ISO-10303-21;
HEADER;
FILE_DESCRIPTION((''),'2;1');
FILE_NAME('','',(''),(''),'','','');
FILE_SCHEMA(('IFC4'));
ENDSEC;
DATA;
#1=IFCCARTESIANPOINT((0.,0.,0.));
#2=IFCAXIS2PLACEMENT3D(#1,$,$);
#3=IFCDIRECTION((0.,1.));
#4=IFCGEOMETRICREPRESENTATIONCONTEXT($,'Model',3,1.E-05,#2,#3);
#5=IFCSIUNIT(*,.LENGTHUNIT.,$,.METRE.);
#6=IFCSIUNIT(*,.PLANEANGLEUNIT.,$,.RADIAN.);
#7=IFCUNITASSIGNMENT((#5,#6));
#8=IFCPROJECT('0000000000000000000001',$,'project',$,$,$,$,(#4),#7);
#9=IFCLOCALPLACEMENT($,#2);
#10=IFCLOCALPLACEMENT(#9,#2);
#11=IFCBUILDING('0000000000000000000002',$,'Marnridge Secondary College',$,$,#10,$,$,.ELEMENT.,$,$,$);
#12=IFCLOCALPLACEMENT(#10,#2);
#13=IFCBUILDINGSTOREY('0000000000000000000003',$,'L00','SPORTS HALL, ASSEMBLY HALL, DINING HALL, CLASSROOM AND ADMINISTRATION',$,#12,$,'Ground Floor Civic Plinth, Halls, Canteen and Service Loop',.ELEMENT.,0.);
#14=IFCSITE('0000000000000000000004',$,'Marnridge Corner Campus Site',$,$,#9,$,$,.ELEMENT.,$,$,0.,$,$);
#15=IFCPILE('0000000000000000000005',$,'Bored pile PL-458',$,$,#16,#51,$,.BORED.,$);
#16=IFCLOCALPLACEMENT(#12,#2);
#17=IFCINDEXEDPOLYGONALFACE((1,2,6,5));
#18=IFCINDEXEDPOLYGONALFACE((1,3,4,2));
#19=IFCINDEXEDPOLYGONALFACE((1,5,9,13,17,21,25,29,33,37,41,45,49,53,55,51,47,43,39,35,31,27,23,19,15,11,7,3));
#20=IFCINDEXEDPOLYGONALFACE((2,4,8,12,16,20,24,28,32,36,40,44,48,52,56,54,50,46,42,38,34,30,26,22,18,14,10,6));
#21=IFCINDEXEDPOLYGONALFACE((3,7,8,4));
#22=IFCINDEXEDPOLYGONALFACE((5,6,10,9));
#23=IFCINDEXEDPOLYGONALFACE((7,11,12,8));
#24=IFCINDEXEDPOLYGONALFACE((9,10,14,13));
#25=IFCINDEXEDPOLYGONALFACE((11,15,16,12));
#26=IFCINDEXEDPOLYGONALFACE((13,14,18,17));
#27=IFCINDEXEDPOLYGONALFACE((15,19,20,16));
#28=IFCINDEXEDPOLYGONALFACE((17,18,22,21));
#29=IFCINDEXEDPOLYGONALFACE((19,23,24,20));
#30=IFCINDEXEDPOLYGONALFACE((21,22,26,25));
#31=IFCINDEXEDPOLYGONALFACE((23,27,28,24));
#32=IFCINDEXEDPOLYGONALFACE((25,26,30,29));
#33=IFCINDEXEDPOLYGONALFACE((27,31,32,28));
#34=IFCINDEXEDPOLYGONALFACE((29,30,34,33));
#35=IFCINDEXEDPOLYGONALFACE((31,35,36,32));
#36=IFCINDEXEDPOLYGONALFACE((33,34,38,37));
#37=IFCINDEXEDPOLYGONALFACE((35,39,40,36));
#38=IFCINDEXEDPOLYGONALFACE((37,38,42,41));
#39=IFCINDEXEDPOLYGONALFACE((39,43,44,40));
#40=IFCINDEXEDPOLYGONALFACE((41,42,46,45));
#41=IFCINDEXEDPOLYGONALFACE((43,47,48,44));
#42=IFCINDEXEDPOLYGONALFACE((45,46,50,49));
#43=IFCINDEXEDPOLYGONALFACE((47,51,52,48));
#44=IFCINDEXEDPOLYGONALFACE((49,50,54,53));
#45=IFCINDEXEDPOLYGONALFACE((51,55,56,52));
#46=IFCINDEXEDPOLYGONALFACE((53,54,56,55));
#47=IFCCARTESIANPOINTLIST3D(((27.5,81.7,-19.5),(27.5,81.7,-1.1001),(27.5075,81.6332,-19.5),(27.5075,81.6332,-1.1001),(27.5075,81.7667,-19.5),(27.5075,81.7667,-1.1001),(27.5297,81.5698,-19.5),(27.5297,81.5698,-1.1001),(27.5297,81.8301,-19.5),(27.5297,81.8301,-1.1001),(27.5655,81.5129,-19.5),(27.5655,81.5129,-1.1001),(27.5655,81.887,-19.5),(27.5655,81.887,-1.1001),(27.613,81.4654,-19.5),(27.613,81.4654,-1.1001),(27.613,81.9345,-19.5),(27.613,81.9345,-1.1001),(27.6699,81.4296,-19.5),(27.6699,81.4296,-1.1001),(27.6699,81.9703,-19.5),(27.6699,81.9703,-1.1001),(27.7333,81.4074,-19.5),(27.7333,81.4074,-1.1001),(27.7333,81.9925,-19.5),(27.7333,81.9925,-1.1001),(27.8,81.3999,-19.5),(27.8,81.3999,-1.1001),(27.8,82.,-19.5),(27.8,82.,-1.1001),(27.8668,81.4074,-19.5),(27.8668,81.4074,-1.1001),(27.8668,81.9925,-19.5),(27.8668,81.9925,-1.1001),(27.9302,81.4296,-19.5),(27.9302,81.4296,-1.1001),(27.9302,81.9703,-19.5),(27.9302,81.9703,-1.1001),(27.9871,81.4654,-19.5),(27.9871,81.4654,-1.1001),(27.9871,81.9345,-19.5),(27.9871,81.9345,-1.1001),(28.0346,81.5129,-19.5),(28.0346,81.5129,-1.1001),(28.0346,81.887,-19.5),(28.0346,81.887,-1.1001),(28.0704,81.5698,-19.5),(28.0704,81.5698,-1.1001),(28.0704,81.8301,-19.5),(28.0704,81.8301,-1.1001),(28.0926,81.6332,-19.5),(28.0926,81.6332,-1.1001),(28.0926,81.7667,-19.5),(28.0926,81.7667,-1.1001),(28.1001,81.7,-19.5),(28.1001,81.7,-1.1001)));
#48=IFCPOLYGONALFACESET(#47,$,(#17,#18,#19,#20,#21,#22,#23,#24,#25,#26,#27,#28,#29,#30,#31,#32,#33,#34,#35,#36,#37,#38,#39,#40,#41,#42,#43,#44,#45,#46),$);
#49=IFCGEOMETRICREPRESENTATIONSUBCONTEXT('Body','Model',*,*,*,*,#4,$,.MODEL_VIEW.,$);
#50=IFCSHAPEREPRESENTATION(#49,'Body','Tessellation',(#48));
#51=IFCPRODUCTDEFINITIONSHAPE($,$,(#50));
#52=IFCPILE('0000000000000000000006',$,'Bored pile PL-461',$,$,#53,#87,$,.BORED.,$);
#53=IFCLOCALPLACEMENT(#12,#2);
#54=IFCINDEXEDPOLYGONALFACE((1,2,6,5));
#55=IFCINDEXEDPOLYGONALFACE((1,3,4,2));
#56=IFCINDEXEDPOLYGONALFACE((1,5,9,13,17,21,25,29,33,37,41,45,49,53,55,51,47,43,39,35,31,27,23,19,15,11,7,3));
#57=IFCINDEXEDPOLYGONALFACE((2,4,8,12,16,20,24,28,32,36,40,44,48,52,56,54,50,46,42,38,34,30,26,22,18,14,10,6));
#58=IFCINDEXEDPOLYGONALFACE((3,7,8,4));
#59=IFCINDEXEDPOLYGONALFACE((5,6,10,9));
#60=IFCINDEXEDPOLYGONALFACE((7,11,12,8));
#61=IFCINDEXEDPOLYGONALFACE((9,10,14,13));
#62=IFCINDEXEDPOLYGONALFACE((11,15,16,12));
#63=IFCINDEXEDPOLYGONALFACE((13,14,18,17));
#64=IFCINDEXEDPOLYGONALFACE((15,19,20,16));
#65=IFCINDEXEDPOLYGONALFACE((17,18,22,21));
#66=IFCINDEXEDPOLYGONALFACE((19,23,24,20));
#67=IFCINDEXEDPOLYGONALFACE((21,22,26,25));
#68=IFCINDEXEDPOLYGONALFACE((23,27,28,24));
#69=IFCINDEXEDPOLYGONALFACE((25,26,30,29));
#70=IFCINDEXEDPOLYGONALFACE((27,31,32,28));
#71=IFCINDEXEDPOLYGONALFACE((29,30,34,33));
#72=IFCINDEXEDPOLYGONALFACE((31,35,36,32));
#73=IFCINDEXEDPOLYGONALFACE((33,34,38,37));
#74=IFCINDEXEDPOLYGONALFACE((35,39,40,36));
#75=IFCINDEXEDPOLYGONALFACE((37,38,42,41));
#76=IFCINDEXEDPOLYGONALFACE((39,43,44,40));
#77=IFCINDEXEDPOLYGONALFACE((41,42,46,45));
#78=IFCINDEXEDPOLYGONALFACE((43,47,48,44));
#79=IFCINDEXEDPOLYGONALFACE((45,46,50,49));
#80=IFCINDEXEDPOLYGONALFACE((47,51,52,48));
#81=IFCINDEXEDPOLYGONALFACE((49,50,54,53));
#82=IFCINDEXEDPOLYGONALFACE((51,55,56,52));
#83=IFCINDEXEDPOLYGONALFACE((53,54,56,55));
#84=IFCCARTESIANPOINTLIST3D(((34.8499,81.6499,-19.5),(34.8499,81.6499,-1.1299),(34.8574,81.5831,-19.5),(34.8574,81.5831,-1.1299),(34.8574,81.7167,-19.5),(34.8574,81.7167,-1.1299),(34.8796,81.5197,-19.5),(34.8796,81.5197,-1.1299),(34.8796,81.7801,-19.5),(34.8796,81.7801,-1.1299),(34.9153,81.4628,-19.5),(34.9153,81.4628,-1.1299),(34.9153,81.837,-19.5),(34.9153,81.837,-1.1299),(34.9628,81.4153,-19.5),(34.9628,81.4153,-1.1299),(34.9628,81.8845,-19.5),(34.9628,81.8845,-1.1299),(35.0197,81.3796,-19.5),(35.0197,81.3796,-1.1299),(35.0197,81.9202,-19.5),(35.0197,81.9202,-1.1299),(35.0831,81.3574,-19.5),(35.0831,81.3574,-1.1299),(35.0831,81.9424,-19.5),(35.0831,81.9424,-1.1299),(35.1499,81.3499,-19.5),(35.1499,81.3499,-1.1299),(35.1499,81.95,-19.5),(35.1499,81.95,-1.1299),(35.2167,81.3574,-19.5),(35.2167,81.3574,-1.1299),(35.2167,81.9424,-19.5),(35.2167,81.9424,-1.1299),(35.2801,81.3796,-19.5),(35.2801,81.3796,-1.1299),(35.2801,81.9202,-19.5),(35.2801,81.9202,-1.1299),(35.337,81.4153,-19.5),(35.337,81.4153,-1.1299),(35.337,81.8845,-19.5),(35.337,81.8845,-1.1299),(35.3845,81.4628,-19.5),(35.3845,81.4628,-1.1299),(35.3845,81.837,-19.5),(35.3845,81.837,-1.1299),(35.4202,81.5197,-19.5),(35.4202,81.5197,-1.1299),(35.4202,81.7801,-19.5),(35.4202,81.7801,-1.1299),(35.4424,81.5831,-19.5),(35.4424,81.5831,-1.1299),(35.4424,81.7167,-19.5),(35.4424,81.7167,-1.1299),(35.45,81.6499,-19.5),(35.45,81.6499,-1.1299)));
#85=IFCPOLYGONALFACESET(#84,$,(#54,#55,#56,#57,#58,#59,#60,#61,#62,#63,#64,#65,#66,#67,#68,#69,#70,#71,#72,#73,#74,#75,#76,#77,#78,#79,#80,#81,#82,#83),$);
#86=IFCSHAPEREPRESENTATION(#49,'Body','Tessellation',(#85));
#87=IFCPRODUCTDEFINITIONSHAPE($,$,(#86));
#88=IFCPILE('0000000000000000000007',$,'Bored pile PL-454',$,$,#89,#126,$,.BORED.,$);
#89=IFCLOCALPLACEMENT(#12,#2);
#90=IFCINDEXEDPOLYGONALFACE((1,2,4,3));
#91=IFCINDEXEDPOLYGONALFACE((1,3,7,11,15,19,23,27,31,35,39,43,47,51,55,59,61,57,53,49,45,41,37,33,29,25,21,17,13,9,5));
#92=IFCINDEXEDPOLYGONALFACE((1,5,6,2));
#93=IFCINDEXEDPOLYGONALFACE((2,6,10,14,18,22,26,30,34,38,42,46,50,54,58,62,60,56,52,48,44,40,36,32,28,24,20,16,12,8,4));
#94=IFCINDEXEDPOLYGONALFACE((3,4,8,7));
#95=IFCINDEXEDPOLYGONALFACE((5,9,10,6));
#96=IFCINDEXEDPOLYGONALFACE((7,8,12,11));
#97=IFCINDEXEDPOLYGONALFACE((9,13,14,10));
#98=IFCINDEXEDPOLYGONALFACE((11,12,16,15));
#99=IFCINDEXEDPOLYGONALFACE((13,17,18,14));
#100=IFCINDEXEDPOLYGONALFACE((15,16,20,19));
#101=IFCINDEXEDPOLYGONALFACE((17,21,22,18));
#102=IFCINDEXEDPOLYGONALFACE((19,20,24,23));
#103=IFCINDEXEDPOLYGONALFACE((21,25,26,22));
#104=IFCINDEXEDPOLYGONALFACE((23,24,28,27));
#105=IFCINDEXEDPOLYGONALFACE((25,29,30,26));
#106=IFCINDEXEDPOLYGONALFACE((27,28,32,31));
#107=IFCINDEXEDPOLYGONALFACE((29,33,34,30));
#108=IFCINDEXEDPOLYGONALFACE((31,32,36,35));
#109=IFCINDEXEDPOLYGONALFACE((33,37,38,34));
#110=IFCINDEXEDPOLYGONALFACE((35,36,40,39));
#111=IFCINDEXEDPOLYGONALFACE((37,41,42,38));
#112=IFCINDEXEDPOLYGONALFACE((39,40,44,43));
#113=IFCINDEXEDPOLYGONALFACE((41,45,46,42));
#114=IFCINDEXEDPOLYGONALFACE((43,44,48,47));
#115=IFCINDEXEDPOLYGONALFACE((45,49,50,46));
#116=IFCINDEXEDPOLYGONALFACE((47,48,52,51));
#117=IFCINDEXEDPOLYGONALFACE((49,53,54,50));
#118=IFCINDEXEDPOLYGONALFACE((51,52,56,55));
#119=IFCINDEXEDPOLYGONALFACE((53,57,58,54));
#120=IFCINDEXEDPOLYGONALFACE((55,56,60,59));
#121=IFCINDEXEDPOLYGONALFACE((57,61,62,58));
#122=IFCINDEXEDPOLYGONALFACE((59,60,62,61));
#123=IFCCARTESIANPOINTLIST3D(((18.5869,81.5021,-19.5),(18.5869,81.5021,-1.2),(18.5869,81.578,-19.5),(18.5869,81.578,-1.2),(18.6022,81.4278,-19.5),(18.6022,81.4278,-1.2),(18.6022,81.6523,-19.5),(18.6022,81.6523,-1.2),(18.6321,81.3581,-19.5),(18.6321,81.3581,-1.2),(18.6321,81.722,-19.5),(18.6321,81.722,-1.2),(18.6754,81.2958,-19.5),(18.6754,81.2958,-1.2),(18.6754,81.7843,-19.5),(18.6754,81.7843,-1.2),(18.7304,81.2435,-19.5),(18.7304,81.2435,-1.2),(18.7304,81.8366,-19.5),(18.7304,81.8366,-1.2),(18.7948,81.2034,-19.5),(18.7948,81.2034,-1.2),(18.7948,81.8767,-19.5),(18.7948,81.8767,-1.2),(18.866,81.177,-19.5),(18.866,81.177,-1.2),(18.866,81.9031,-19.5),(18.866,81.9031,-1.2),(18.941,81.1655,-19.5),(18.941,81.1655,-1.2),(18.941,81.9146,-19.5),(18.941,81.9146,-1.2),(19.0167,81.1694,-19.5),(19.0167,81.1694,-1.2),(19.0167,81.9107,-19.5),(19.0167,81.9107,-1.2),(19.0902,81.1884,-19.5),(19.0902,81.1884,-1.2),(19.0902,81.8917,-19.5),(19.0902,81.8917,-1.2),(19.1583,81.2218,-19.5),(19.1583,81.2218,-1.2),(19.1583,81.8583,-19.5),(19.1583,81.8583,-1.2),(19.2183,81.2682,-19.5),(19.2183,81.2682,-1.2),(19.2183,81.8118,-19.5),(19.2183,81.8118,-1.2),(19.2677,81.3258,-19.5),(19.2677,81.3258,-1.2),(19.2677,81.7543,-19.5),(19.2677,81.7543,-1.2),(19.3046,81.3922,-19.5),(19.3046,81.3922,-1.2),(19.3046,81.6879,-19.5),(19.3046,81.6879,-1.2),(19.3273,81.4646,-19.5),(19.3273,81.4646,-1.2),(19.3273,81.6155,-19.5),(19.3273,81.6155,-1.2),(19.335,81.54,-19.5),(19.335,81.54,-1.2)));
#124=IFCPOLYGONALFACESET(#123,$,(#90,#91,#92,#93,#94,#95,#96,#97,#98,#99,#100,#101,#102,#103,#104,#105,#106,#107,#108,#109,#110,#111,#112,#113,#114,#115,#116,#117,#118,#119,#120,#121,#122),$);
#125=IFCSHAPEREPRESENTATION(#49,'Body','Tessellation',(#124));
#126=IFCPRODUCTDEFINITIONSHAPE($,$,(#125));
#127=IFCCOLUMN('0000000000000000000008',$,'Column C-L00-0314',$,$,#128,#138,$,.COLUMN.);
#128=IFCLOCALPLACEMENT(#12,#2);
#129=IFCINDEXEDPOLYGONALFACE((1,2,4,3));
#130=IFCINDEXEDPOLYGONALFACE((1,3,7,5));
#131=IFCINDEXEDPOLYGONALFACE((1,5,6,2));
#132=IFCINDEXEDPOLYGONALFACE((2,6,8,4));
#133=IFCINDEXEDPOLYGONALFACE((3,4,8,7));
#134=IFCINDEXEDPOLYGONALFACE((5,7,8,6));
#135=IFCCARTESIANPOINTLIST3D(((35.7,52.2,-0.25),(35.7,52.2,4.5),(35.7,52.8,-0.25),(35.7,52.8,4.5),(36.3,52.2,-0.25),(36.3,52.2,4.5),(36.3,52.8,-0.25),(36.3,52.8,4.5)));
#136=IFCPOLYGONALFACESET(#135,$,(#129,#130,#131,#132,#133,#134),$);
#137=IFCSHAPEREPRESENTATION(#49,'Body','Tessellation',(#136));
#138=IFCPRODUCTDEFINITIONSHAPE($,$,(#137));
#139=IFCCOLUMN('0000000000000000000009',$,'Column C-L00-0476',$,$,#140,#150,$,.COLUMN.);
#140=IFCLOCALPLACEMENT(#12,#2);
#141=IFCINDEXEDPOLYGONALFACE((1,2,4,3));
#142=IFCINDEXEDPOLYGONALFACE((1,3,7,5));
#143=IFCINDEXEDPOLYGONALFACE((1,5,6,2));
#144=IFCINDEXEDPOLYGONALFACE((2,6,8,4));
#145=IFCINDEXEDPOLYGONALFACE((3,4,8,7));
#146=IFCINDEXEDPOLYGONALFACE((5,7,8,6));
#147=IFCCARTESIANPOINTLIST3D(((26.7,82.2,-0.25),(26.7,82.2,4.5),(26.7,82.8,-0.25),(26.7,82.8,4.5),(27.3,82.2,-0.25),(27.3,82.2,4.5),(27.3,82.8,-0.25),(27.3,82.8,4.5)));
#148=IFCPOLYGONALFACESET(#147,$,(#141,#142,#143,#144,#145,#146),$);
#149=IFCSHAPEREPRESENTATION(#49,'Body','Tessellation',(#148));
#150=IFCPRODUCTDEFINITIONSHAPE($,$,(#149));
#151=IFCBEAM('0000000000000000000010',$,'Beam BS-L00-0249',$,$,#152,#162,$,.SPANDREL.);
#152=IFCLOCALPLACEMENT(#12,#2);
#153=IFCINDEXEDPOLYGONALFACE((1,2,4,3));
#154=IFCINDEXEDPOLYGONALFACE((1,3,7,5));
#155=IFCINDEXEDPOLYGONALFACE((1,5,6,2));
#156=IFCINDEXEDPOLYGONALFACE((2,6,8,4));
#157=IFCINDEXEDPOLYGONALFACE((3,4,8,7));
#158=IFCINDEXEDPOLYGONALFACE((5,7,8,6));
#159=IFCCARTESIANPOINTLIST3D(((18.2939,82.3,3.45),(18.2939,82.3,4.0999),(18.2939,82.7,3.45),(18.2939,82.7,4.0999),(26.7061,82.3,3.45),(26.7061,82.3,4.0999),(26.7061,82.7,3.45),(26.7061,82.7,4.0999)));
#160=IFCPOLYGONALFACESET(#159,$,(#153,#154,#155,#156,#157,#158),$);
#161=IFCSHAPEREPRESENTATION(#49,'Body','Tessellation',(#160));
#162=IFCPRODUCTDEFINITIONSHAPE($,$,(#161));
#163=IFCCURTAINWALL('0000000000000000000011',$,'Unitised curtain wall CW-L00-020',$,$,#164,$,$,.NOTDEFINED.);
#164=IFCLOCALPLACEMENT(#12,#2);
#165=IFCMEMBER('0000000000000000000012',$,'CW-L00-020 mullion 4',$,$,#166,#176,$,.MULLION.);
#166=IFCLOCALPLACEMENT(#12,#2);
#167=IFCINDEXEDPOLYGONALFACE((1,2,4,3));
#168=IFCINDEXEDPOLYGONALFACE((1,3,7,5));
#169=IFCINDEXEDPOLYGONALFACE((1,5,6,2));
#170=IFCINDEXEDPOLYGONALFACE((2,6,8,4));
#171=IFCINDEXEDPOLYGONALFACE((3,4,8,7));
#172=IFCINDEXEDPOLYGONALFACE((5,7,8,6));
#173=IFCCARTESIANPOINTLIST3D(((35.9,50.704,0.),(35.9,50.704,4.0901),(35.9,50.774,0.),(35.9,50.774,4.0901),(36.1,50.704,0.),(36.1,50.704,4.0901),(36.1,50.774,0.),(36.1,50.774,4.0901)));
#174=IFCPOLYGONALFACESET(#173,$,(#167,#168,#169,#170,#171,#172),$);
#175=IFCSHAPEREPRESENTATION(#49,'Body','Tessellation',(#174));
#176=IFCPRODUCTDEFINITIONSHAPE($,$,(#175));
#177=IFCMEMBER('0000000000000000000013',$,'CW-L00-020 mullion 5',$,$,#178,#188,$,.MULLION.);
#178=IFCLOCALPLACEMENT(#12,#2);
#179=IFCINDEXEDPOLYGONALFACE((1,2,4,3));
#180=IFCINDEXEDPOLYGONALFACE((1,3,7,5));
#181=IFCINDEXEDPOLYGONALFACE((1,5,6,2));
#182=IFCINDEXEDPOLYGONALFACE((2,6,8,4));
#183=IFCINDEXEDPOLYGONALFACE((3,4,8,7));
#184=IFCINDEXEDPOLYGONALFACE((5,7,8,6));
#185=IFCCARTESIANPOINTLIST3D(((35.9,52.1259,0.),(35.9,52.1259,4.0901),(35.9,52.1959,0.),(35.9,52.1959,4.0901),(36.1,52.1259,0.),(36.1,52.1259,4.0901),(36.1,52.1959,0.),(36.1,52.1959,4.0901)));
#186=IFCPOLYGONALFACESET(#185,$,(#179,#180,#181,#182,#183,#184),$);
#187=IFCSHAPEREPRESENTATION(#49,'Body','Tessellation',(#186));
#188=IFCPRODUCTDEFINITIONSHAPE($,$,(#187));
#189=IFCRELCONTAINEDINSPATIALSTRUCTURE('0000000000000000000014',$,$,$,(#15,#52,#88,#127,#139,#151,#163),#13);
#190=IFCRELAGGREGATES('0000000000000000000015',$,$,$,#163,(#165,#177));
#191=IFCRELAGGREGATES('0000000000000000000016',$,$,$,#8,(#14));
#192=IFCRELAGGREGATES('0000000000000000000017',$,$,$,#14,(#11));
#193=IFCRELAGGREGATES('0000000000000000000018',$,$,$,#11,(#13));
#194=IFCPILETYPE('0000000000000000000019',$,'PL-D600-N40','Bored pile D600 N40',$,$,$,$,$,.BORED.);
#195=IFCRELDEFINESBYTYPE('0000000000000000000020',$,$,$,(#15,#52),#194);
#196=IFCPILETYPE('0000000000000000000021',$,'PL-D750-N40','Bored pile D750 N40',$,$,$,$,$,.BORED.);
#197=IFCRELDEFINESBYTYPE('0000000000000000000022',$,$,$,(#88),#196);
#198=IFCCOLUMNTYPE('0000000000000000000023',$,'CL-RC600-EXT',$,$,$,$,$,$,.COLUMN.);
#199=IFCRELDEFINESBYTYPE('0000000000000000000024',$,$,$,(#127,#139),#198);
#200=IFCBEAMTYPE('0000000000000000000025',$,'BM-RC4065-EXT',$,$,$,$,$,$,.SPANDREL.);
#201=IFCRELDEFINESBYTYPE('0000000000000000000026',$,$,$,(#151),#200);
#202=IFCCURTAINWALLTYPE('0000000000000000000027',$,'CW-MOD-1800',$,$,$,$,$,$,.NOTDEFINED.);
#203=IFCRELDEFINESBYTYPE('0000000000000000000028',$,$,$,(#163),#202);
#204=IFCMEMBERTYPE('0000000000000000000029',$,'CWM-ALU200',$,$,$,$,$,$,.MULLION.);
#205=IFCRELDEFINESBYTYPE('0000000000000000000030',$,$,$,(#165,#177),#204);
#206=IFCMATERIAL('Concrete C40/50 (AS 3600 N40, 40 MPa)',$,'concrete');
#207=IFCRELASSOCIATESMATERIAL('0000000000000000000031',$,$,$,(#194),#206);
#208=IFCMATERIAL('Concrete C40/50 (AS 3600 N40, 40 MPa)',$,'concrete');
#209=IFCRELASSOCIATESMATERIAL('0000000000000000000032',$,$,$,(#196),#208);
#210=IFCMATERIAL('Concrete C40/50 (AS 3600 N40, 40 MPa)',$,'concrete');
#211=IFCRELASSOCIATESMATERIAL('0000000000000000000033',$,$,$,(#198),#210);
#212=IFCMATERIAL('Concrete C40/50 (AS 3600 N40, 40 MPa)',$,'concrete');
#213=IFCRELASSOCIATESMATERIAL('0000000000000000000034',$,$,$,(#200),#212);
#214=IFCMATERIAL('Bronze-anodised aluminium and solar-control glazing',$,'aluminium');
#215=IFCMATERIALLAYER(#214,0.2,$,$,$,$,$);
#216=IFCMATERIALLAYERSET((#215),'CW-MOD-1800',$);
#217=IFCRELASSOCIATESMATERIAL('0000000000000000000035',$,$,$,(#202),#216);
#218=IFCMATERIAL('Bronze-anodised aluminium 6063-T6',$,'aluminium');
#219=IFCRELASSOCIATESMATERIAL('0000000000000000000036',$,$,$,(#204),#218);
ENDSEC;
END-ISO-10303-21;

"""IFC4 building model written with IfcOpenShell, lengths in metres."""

from ifc_helpers import new_model, si_unit, direction, frame, origin, origin_2d, place, context, subcontext, project, spatial, rectangle, circle, extrude, material, layer, layer_set, material_profile, profile_set, type_object, element, aggregate, save


model = new_model("IFC4")

# Units and contexts
model_context = context("Model", 3, precision=1e-05, world=origin(), true_north=direction((0.0, 1.0)))
body_context = subcontext(model_context, "Body", "Model", "MODEL_VIEW")
ifc_project = project(units=[si_unit("LENGTHUNIT", "METRE"), si_unit("PLANEANGLEUNIT", "RADIAN")], contexts=[model_context])

# Site, building, storey
site_placement = place(None, origin())
site = spatial("IfcSite", under=ifc_project, at=site_placement, Name="Marnridge Corner Campus Site", CompositionType="ELEMENT", RefElevation=0.0)
building_placement = place(site_placement, origin())
building = spatial("IfcBuilding", under=site, at=building_placement, Name="Marnridge Secondary College", CompositionType="ELEMENT")
storey_placement = place(building_placement, origin())
storey = spatial("IfcBuildingStorey", under=building, at=storey_placement, Name="L00", Description="SPORTS HALL, ASSEMBLY HALL, DINING HALL, CLASSROOM AND ADMINISTRATION", LongName="Ground Floor Civic Plinth, Halls, Canteen and Service Loop", CompositionType="ELEMENT", Elevation=0.0)

# Piles
ifc_material_1 = material(Name="Concrete C40/50 (AS 3600 N40, 40 MPa)", Category="concrete")
ifc_material_profile_1 = material_profile(ifc_material_1, circle(Radius=0.3, at=origin_2d()), Name="PILE D600")
ifc_profile_set_1 = profile_set([ifc_material_profile_1], Name="Concrete C40/50 (AS 3600 N40, 40 MPa)")
pile_type_1 = type_object("IfcPileType", Name="PL-D600-N40", Description="Bored pile D600 N40", PredefinedType="BORED", material=ifc_profile_set_1)
for number, where, z_axis, x_axis, name in (
    (1, (27.8, 81.7, -1.1001), (0.0, 0.0, -1.0), (1.0, 0.0, 0.0), "Bored pile PL-458"),
):
    element("IfcPile", number, at=place(storey_placement, frame(where, z_axis=z_axis, x_axis=x_axis)), inside=storey, type_object=pile_type_1, Name=name, PredefinedType="BORED", context=body_context, shape_type="SweptSolid", body=[
        extrude(circle(Radius=0.3, at=origin_2d()), origin(), (0.0, 0.0, 1.0), 18.3999),
    ])
pile_1_placement = place(storey_placement, frame((35.1499, 81.6499, -1.1299), z_axis=(0.0, 0.0, -1.0), x_axis=(1.0, 0.0, 0.0)))
element("IfcPile", 2, at=pile_1_placement, inside=storey, type_object=pile_type_1, Name="Bored pile PL-461", PredefinedType="BORED", context=body_context, shape_type="SweptSolid", body=[
    extrude(circle(Radius=0.3, at=origin_2d()), origin(), (0.0, 0.0, 1.0), 18.3701),
])
ifc_material_2 = material(Name="Concrete C40/50 (AS 3600 N40, 40 MPa)", Category="concrete")
ifc_material_profile_2 = material_profile(ifc_material_2, circle(Radius=0.375, at=origin_2d()), Name="PILE D750")
ifc_profile_set_2 = profile_set([ifc_material_profile_2], Name="Concrete C40/50 (AS 3600 N40, 40 MPa)")
pile_type_2 = type_object("IfcPileType", Name="PL-D750-N40", Description="Bored pile D750 N40", PredefinedType="BORED", material=ifc_profile_set_2)
pile_2_placement = place(storey_placement, frame((18.96, 81.54, -1.2), z_axis=(0.0, 0.0, -1.0), x_axis=(1.0, 0.0, 0.0)))
element("IfcPile", 3, at=pile_2_placement, inside=storey, type_object=pile_type_2, Name="Bored pile PL-454", PredefinedType="BORED", context=body_context, shape_type="SweptSolid", body=[
    extrude(circle(Radius=0.375, at=origin_2d()), origin(), (0.0, 0.0, 1.0), 18.3),
])

# Columns
ifc_material_3 = material(Name="Concrete C40/50 (AS 3600 N40, 40 MPa)", Category="concrete")
ifc_material_profile_3 = material_profile(ifc_material_3, rectangle(XDim=0.6001, YDim=0.6001, at=origin_2d()), Name="RC 600x600")
ifc_profile_set_3 = profile_set([ifc_material_profile_3], Name="Concrete C40/50 (AS 3600 N40, 40 MPa)")
column_type = type_object("IfcColumnType", Name="CL-RC600-EXT", PredefinedType="COLUMN", material=ifc_profile_set_3)
for number, where, z_axis, x_axis, name in (
    (4, (36.0, 52.5, -0.25), (0.0, 0.0, 1.0), (1.0, 0.0, 0.0), "Column C-L00-0314"),
    (5, (27.0, 82.5, -0.25), (0.0, 0.0, 1.0), (1.0, 0.0, 0.0), "Column C-L00-0476"),
):
    element("IfcColumn", number, at=place(storey_placement, frame(where, z_axis=z_axis, x_axis=x_axis)), inside=storey, type_object=column_type, Name=name, PredefinedType="COLUMN", context=body_context, shape_type="SweptSolid", body=[
        extrude(rectangle(XDim=0.6001, YDim=0.6001, at=origin_2d()), origin(), (0.0, 0.0, 1.0), 4.75),
    ])

# Beam
ifc_material_4 = material(Name="Concrete C40/50 (AS 3600 N40, 40 MPa)", Category="concrete")
ifc_material_profile_4 = material_profile(ifc_material_4, rectangle(XDim=0.3999, YDim=0.6499, at=origin_2d()), Name="RC 400x650")
ifc_profile_set_4 = profile_set([ifc_material_profile_4], Name="Concrete C40/50 (AS 3600 N40, 40 MPa)")
beam_type = type_object("IfcBeamType", Name="BM-RC4065-EXT", PredefinedType="SPANDREL", material=ifc_profile_set_4)
beam_placement = place(storey_placement, frame((18.2939, 82.5, 3.7749), z_axis=(1.0, 0.0, 0.0), x_axis=(0.0, 1.0, 0.0)))
element("IfcBeam", 6, at=beam_placement, inside=storey, type_object=beam_type, Name="Beam BS-L00-0249", PredefinedType="SPANDREL", context=body_context, shape_type="SweptSolid", body=[
    extrude(rectangle(XDim=0.3999, YDim=0.6499, at=origin_2d()), origin(), (0.0, 0.0, 1.0), 8.4121),
])

# Curtain wall, members
ifc_material_5 = material(Name="Bronze-anodised aluminium and solar-control glazing", Category="aluminium")
ifc_layer_1 = layer(ifc_material_5, 0.2)
ifc_layer_set_1 = layer_set([ifc_layer_1], Name="CW-MOD-1800")
curtain_wall_type = type_object("IfcCurtainWallType", Name="CW-MOD-1800", PredefinedType="NOTDEFINED", material=ifc_layer_set_1)
curtain_wall_placement = place(storey_placement, origin())
curtain_wall = element("IfcCurtainWall", 7, at=curtain_wall_placement, inside=storey, type_object=curtain_wall_type, Name="Unitised curtain wall CW-L00-020", PredefinedType="NOTDEFINED")
ifc_material_6 = material(Name="Bronze-anodised aluminium 6063-T6", Category="aluminium")
ifc_material_profile_5 = material_profile(ifc_material_6, rectangle(XDim=0.0701, YDim=0.2, at=origin_2d()), Name="ALU 70x200")
ifc_profile_set_5 = profile_set([ifc_material_profile_5], Name="Bronze-anodised aluminium 6063-T6")
member_type_1 = type_object("IfcMemberType", Name="CWM-ALU200", PredefinedType="MULLION", material=ifc_profile_set_5)
member_1_placement = place(storey_placement, frame((36.0, 50.739, 0.0), z_axis=(0.0, 0.0, 1.0), x_axis=(0.0, 1.0, 0.0)))
member_1 = element("IfcMember", 8, at=member_1_placement, type_object=member_type_1, Name="CW-L00-020 mullion 4", PredefinedType="MULLION", context=body_context, shape_type="SweptSolid", body=[
    extrude(rectangle(XDim=0.0701, YDim=0.2, at=origin_2d()), origin(), (0.0, 0.0, 1.0), 4.0901),
])
member_2_placement = place(storey_placement, frame((36.0, 52.1609, 0.0), z_axis=(0.0, 0.0, 1.0), x_axis=(0.0, 1.0, 0.0)))
member_2 = element("IfcMember", 9, at=member_2_placement, type_object=member_type_1, Name="CW-L00-020 mullion 5", PredefinedType="MULLION", context=body_context, shape_type="SweptSolid", body=[
    extrude(rectangle(XDim=0.0701, YDim=0.2, at=origin_2d()), origin(), (0.0, 0.0, 1.0), 4.0901),
])

aggregate(curtain_wall, [member_1, member_2])

save(model, "model.ifc")
